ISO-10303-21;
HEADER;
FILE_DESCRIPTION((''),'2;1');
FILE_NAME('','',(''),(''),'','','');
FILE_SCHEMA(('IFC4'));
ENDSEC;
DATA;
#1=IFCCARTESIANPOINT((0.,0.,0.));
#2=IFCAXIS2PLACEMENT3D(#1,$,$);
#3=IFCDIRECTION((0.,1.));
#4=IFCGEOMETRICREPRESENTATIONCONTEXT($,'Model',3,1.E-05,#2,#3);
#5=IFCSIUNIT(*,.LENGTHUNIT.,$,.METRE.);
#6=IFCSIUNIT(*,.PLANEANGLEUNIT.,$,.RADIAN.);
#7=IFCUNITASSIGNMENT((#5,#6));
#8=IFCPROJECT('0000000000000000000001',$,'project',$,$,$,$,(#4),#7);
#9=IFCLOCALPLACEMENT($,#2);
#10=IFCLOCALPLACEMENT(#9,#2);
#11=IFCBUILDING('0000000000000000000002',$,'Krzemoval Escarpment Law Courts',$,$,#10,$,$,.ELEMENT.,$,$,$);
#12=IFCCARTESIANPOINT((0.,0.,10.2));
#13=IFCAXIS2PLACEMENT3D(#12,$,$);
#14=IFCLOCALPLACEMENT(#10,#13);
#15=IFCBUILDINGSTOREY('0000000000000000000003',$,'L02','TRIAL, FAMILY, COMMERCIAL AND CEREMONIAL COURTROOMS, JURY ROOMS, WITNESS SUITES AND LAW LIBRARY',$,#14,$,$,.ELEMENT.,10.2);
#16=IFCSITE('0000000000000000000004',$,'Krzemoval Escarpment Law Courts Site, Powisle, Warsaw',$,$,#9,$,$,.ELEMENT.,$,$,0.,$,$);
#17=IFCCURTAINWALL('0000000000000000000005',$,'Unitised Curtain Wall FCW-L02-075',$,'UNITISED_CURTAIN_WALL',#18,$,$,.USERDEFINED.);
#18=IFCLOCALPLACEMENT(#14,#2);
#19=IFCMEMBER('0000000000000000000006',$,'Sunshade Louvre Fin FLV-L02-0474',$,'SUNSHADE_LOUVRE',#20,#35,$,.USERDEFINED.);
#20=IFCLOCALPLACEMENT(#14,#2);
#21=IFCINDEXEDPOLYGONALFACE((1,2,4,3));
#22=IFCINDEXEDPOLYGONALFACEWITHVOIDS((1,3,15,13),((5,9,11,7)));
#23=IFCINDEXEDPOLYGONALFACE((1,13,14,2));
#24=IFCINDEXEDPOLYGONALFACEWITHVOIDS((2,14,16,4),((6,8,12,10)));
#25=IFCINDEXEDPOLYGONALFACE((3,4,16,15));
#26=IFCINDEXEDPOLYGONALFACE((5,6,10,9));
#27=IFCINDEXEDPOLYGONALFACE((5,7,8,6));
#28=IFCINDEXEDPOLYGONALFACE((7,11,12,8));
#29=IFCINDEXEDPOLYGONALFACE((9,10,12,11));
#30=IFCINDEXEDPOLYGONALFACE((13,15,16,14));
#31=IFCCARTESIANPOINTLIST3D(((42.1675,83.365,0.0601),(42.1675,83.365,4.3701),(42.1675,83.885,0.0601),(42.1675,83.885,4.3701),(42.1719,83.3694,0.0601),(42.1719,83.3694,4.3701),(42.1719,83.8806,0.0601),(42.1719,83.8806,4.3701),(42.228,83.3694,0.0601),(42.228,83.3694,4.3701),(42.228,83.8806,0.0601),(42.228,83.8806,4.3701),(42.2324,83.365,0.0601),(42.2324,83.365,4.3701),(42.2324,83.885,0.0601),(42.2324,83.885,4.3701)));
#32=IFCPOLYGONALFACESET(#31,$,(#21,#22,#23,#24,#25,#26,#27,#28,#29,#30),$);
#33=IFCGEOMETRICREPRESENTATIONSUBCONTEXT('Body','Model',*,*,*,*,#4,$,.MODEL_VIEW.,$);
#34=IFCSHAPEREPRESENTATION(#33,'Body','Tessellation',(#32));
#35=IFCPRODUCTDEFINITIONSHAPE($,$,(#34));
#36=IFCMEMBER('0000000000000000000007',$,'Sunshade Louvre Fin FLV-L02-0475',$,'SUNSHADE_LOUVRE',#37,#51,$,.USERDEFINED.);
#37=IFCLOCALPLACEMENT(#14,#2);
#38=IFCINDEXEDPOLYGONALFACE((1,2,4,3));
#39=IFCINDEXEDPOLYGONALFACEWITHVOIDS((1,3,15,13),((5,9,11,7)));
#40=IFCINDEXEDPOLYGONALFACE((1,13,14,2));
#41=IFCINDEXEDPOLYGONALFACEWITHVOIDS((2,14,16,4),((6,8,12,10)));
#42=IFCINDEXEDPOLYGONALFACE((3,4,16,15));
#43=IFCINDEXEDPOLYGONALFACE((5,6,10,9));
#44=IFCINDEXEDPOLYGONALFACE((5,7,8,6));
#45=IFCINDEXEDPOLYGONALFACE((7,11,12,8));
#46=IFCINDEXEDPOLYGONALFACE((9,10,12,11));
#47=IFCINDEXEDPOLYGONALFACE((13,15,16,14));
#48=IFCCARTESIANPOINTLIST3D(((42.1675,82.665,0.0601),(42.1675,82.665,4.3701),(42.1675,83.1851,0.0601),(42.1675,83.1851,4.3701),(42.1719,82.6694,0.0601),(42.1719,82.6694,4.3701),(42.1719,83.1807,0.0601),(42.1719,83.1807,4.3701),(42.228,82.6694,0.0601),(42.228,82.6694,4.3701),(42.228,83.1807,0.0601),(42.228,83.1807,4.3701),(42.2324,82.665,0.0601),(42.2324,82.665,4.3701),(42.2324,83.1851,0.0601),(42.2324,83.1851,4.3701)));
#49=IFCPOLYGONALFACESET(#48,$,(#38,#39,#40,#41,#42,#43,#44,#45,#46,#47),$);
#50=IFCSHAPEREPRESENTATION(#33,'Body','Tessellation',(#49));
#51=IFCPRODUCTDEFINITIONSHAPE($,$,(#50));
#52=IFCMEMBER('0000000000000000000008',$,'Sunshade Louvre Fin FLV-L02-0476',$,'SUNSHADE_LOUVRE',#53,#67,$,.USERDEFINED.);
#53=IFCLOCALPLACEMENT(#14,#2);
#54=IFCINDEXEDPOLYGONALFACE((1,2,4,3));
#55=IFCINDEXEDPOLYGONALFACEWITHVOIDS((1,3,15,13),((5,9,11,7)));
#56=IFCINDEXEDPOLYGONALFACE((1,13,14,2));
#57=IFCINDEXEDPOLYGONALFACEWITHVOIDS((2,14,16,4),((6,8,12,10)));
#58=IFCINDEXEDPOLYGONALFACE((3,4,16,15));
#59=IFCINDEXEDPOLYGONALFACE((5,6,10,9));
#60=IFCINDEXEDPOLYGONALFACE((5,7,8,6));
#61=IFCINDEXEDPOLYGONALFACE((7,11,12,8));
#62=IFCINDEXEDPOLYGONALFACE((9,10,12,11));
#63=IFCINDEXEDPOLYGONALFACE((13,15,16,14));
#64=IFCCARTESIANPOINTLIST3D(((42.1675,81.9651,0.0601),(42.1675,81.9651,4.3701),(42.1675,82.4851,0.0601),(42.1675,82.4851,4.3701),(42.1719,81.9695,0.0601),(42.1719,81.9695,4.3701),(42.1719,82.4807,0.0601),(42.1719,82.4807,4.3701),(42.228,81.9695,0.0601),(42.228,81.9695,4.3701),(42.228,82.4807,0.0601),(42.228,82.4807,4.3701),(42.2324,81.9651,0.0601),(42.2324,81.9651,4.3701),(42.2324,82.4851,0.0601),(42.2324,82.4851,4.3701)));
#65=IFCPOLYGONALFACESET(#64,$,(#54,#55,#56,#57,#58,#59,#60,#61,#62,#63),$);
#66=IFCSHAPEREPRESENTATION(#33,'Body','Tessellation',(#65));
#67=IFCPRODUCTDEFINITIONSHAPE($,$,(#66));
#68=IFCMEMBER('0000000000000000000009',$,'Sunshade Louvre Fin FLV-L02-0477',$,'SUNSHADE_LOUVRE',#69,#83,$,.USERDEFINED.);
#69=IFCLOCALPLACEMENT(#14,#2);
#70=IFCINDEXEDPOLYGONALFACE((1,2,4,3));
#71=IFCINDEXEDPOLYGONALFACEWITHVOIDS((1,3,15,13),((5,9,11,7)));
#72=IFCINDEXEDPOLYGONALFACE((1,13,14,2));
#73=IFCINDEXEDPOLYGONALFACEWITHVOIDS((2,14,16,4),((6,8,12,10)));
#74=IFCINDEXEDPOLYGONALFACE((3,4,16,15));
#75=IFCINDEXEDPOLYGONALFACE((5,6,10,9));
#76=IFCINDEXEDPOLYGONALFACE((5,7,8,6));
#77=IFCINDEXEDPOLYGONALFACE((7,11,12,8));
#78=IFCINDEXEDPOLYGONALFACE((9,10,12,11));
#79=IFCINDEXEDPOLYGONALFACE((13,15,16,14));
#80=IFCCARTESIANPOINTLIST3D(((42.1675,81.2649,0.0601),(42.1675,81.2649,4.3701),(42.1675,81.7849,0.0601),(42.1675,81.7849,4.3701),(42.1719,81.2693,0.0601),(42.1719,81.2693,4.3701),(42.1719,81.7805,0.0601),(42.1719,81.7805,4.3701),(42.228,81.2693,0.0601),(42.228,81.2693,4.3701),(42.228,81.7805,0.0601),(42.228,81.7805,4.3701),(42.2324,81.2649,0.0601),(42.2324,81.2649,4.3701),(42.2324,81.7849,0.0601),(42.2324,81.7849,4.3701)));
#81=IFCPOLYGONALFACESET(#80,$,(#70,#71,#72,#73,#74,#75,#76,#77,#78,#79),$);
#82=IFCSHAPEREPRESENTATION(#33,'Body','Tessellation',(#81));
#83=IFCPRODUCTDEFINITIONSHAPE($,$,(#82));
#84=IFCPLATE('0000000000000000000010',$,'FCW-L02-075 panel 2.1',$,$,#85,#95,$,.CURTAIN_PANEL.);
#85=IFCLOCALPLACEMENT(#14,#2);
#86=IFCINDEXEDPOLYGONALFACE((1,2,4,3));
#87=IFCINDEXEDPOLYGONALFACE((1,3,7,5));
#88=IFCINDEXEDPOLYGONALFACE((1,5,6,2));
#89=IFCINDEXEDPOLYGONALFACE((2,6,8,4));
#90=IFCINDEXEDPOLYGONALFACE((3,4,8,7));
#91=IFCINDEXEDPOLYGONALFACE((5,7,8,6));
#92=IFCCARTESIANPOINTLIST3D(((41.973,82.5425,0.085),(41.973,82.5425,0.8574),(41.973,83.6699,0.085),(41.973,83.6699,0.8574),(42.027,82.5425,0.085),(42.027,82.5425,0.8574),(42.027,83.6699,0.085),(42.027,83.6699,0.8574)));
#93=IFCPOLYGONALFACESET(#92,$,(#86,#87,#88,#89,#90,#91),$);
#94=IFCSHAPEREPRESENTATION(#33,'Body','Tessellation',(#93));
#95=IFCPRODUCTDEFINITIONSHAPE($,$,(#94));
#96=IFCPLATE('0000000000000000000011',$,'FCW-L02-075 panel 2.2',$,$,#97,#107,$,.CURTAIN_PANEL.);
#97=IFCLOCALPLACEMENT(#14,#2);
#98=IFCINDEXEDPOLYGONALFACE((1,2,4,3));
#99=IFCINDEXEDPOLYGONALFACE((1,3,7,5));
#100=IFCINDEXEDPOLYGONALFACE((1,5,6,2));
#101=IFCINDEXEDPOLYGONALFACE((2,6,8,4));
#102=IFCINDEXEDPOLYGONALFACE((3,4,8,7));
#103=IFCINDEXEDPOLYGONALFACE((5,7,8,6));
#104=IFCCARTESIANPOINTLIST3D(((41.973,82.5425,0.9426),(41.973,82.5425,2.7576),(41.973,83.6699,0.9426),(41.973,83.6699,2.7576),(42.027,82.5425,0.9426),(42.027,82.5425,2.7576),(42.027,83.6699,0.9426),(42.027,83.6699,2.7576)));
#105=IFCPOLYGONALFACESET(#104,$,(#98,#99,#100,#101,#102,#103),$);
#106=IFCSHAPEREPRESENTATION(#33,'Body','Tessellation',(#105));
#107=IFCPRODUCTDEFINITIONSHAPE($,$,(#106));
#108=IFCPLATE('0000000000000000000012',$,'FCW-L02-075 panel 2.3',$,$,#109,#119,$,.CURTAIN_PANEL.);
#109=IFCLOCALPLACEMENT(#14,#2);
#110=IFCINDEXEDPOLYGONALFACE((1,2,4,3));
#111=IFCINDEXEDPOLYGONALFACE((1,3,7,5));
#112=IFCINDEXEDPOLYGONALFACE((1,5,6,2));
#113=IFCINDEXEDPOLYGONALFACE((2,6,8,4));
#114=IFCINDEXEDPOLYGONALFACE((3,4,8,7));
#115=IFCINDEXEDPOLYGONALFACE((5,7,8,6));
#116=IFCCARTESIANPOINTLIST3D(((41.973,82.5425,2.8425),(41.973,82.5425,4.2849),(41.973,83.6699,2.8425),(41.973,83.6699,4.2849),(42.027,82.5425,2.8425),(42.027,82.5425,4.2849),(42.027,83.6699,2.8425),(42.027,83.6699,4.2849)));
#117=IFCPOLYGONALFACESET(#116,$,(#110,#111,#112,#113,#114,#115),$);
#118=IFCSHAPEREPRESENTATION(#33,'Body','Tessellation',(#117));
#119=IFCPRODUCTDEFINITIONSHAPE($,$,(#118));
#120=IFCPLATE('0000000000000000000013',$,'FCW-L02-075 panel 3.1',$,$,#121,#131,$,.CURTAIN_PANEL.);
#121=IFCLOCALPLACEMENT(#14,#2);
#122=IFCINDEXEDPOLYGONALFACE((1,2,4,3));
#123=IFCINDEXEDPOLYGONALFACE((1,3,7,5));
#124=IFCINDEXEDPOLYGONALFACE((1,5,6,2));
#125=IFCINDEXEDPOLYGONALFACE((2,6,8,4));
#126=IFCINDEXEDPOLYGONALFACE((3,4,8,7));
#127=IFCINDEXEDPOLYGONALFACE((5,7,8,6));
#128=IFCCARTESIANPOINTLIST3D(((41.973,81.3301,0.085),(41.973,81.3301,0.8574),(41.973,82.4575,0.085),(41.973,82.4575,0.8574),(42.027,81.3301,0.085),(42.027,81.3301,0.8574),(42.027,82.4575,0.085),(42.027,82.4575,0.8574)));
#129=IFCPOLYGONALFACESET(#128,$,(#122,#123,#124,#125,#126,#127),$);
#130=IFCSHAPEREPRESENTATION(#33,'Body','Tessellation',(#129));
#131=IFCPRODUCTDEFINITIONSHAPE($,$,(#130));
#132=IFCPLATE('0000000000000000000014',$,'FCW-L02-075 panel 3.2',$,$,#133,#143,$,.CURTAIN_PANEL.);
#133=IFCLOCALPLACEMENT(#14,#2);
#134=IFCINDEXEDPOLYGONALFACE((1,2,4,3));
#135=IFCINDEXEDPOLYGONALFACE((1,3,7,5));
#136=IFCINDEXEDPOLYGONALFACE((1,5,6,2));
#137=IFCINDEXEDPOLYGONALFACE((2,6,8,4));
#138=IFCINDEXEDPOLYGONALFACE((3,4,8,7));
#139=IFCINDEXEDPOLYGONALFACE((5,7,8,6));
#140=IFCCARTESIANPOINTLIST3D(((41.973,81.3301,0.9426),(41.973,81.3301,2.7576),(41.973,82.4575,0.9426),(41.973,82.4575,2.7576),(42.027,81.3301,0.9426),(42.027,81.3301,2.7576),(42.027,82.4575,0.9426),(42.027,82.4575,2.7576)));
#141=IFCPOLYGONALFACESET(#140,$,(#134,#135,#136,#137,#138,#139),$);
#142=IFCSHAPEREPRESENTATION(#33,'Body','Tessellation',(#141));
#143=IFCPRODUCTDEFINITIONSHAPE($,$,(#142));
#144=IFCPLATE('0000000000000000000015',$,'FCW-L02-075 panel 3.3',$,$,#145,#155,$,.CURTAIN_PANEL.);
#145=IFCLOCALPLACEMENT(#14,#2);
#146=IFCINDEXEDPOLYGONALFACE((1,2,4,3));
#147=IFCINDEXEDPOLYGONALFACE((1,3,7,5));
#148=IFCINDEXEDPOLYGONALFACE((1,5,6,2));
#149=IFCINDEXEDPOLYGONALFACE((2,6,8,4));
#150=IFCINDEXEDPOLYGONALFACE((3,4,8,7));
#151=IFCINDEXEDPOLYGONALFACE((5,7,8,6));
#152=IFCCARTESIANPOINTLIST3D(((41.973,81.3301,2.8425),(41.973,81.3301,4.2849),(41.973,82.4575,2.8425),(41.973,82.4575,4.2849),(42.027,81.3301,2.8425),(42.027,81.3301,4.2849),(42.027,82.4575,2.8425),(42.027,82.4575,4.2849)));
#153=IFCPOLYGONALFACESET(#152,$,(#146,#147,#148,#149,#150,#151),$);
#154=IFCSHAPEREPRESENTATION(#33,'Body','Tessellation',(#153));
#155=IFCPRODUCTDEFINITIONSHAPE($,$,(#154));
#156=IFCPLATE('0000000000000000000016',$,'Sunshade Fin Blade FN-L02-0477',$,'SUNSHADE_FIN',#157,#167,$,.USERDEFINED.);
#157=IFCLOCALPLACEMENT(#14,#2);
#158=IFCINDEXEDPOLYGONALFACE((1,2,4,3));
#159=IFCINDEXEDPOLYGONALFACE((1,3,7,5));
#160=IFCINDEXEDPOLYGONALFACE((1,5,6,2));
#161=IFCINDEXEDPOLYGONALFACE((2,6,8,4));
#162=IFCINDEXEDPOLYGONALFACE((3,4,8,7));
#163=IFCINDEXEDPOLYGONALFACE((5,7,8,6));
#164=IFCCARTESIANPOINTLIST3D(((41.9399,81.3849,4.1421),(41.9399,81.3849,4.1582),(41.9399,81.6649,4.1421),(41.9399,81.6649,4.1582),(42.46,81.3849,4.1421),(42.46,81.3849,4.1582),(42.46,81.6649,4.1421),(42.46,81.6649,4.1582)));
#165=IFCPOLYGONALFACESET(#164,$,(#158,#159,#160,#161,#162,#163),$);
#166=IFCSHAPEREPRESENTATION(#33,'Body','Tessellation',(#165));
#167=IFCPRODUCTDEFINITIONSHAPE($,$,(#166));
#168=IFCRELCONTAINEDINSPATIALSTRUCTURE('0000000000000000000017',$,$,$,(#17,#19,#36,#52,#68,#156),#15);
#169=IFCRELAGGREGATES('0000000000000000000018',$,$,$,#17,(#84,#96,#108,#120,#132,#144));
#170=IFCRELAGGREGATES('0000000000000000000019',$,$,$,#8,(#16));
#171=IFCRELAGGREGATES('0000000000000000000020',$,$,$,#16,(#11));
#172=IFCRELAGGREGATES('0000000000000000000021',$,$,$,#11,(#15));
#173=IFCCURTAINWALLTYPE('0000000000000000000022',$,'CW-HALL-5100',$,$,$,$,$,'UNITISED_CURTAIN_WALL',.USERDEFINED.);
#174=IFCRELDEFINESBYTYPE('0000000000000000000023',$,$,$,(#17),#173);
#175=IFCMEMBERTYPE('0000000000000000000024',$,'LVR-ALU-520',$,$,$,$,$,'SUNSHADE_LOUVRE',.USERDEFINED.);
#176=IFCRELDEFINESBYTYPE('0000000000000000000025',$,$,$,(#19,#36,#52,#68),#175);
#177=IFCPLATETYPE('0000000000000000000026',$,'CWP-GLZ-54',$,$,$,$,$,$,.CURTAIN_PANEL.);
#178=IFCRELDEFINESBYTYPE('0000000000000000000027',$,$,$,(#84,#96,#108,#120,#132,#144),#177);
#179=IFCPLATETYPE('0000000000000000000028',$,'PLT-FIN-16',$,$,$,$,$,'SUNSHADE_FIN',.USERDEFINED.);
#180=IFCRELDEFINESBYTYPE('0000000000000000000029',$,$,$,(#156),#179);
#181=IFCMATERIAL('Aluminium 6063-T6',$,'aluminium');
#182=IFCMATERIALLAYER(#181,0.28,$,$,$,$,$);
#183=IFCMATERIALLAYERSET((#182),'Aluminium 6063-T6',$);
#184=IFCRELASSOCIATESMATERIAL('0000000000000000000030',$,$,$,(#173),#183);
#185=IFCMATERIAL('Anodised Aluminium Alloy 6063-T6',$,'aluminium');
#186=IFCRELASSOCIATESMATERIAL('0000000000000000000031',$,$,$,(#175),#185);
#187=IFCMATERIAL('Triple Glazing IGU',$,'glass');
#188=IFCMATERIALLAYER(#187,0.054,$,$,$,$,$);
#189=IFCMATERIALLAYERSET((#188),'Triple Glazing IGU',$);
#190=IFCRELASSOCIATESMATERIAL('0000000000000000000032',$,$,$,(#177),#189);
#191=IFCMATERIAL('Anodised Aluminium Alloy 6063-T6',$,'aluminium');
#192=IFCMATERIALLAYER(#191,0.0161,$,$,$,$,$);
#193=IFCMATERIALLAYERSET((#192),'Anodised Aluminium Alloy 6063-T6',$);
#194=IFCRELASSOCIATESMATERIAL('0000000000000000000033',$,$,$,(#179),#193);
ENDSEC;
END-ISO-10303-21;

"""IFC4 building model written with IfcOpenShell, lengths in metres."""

from ifc_helpers import new_model, si_unit, direction, frame, origin, origin_2d, place, context, subcontext, project, spatial, rectangle, hollow_rectangle, extrude, material, layer, layer_set, material_profile, profile_set, type_object, element, aggregate, save


model = new_model("IFC4")

# Units and contexts
model_context = context("Model", 3, precision=1e-05, world=origin(), true_north=direction((0.0, 1.0)))
body_context = subcontext(model_context, "Body", "Model", "MODEL_VIEW")
ifc_project = project(units=[si_unit("LENGTHUNIT", "METRE"), si_unit("PLANEANGLEUNIT", "RADIAN")], contexts=[model_context])

# Site, building, storey
site_placement = place(None, origin())
site = spatial("IfcSite", under=ifc_project, at=site_placement, Name="Krzemoval Escarpment Law Courts Site, Powisle, Warsaw", CompositionType="ELEMENT", RefElevation=0.0)
building_placement = place(site_placement, origin())
building = spatial("IfcBuilding", under=site, at=building_placement, Name="Krzemoval Escarpment Law Courts", CompositionType="ELEMENT")
storey_placement = place(building_placement, frame((0.0, 0.0, 10.2)))
storey = spatial("IfcBuildingStorey", under=building, at=storey_placement, Name="L02", Description="TRIAL, FAMILY, COMMERCIAL AND CEREMONIAL COURTROOMS, JURY ROOMS, WITNESS SUITES AND LAW LIBRARY", CompositionType="ELEMENT", Elevation=10.2)

# Curtain wall
ifc_material_1 = material(Name="Aluminium 6063-T6", Category="aluminium")
ifc_layer_1 = layer(ifc_material_1, 0.28)
ifc_layer_set_1 = layer_set([ifc_layer_1], Name="Aluminium 6063-T6")
curtain_wall_type = type_object("IfcCurtainWallType", Name="CW-HALL-5100", ElementType="UNITISED_CURTAIN_WALL", PredefinedType="USERDEFINED", material=ifc_layer_set_1)
curtain_wall_placement = place(storey_placement, origin())
curtain_wall = element("IfcCurtainWall", 1, at=curtain_wall_placement, inside=storey, type_object=curtain_wall_type, Name="Unitised Curtain Wall FCW-L02-075", ObjectType="UNITISED_CURTAIN_WALL", PredefinedType="USERDEFINED")

# Members
ifc_material_2 = material(Name="Anodised Aluminium Alloy 6063-T6", Category="aluminium")
ifc_material_profile_1 = material_profile(ifc_material_2, hollow_rectangle(XDim=0.0649, YDim=0.52, WallThickness=0.0044, at=origin_2d()), Name="ALU LVR 65x520")
ifc_profile_set_1 = profile_set([ifc_material_profile_1], Name="Anodised Aluminium Alloy 6063-T6")
member_type_1 = type_object("IfcMemberType", Name="LVR-ALU-520", ElementType="SUNSHADE_LOUVRE", PredefinedType="USERDEFINED", material=ifc_profile_set_1)
for number, where, z_axis, x_axis, name in (
    (2, (42.2, 83.625, 0.0601), (0.0, 0.0, 1.0), (1.0, 0.0, 0.0), "Sunshade Louvre Fin FLV-L02-0474"),
    (3, (42.2, 82.925, 0.0601), (0.0, 0.0, 1.0), (1.0, 0.0, 0.0), "Sunshade Louvre Fin FLV-L02-0475"),
    (4, (42.2, 82.2251, 0.0601), (0.0, 0.0, 1.0), (1.0, 0.0, 0.0), "Sunshade Louvre Fin FLV-L02-0476"),
    (5, (42.2, 81.5249, 0.0601), (0.0, 0.0, 1.0), (1.0, 0.0, 0.0), "Sunshade Louvre Fin FLV-L02-0477"),
):
    element("IfcMember", number, at=place(storey_placement, frame(where, z_axis=z_axis, x_axis=x_axis)), inside=storey, type_object=member_type_1, Name=name, ObjectType="SUNSHADE_LOUVRE", PredefinedType="USERDEFINED", context=body_context, shape_type="SweptSolid", body=[
        extrude(hollow_rectangle(XDim=0.0649, YDim=0.52, WallThickness=0.0044, at=origin_2d()), origin(), (0.0, 0.0, 1.0), 4.3101),
    ])

# Plates
ifc_material_3 = material(Name="Triple Glazing IGU", Category="glass")
ifc_layer_2 = layer(ifc_material_3, 0.054)
ifc_layer_set_2 = layer_set([ifc_layer_2], Name="Triple Glazing IGU")
plate_type_1 = type_object("IfcPlateType", Name="CWP-GLZ-54", PredefinedType="CURTAIN_PANEL", material=ifc_layer_set_2)
plate_1_placement = place(storey_placement, frame((42.0, 83.1062, 0.085), z_axis=(0.0, 0.0, 1.0), x_axis=(0.0, -1.0, 0.0)))
plate_1 = element("IfcPlate", 6, at=plate_1_placement, type_object=plate_type_1, Name="FCW-L02-075 panel 2.1", PredefinedType="CURTAIN_PANEL", context=body_context, shape_type="SweptSolid", body=[
    extrude(rectangle(XDim=1.1274, YDim=0.054, at=origin_2d()), origin(), (0.0, 0.0, 1.0), 0.7725),
])
plate_2_placement = place(storey_placement, frame((42.0, 83.1062, 0.9426), z_axis=(0.0, 0.0, 1.0), x_axis=(0.0, -1.0, 0.0)))
plate_2 = element("IfcPlate", 7, at=plate_2_placement, type_object=plate_type_1, Name="FCW-L02-075 panel 2.2", PredefinedType="CURTAIN_PANEL", context=body_context, shape_type="SweptSolid", body=[
    extrude(rectangle(XDim=1.1274, YDim=0.054, at=origin_2d()), origin(), (0.0, 0.0, 1.0), 1.8149),
])
plate_3_placement = place(storey_placement, frame((42.0, 83.1062, 2.8425), z_axis=(0.0, 0.0, 1.0), x_axis=(0.0, -1.0, 0.0)))
plate_3 = element("IfcPlate", 8, at=plate_3_placement, type_object=plate_type_1, Name="FCW-L02-075 panel 2.3", PredefinedType="CURTAIN_PANEL", context=body_context, shape_type="SweptSolid", body=[
    extrude(rectangle(XDim=1.1274, YDim=0.054, at=origin_2d()), origin(), (0.0, 0.0, 1.0), 1.4424),
])
plate_4_placement = place(storey_placement, frame((42.0, 81.8938, 0.085), z_axis=(0.0, 0.0, 1.0), x_axis=(0.0, -1.0, 0.0)))
plate_4 = element("IfcPlate", 9, at=plate_4_placement, type_object=plate_type_1, Name="FCW-L02-075 panel 3.1", PredefinedType="CURTAIN_PANEL", context=body_context, shape_type="SweptSolid", body=[
    extrude(rectangle(XDim=1.1274, YDim=0.054, at=origin_2d()), origin(), (0.0, 0.0, 1.0), 0.7725),
])
plate_5_placement = place(storey_placement, frame((42.0, 81.8938, 0.9426), z_axis=(0.0, 0.0, 1.0), x_axis=(0.0, -1.0, 0.0)))
plate_5 = element("IfcPlate", 10, at=plate_5_placement, type_object=plate_type_1, Name="FCW-L02-075 panel 3.2", PredefinedType="CURTAIN_PANEL", context=body_context, shape_type="SweptSolid", body=[
    extrude(rectangle(XDim=1.1274, YDim=0.054, at=origin_2d()), origin(), (0.0, 0.0, 1.0), 1.8149),
])
plate_6_placement = place(storey_placement, frame((42.0, 81.8938, 2.8425), z_axis=(0.0, 0.0, 1.0), x_axis=(0.0, -1.0, 0.0)))
plate_6 = element("IfcPlate", 11, at=plate_6_placement, type_object=plate_type_1, Name="FCW-L02-075 panel 3.3", PredefinedType="CURTAIN_PANEL", context=body_context, shape_type="SweptSolid", body=[
    extrude(rectangle(XDim=1.1274, YDim=0.054, at=origin_2d()), origin(), (0.0, 0.0, 1.0), 1.4424),
])
aggregate(curtain_wall, [plate_1, plate_2, plate_3, plate_4, plate_5, plate_6])
ifc_material_4 = material(Name="Anodised Aluminium Alloy 6063-T6", Category="aluminium")
ifc_layer_3 = layer(ifc_material_4, 0.0161)
ifc_layer_set_3 = layer_set([ifc_layer_3], Name="Anodised Aluminium Alloy 6063-T6")
plate_type_2 = type_object("IfcPlateType", Name="PLT-FIN-16", ElementType="SUNSHADE_FIN", PredefinedType="USERDEFINED", material=ifc_layer_set_3)
plate_7_placement = place(storey_placement, frame((42.2, 81.5249, 4.1421), z_axis=(0.0, 0.0, 1.0), x_axis=(1.0, 0.0, 0.0)))
element("IfcPlate", 12, at=plate_7_placement, inside=storey, type_object=plate_type_2, Name="Sunshade Fin Blade FN-L02-0477", ObjectType="SUNSHADE_FIN", PredefinedType="USERDEFINED", context=body_context, shape_type="SweptSolid", body=[
    extrude(rectangle(XDim=0.52, YDim=0.28, at=origin_2d()), origin(), (0.0, 0.0, 1.0), 0.0161),
])

save(model, "model.ifc")
